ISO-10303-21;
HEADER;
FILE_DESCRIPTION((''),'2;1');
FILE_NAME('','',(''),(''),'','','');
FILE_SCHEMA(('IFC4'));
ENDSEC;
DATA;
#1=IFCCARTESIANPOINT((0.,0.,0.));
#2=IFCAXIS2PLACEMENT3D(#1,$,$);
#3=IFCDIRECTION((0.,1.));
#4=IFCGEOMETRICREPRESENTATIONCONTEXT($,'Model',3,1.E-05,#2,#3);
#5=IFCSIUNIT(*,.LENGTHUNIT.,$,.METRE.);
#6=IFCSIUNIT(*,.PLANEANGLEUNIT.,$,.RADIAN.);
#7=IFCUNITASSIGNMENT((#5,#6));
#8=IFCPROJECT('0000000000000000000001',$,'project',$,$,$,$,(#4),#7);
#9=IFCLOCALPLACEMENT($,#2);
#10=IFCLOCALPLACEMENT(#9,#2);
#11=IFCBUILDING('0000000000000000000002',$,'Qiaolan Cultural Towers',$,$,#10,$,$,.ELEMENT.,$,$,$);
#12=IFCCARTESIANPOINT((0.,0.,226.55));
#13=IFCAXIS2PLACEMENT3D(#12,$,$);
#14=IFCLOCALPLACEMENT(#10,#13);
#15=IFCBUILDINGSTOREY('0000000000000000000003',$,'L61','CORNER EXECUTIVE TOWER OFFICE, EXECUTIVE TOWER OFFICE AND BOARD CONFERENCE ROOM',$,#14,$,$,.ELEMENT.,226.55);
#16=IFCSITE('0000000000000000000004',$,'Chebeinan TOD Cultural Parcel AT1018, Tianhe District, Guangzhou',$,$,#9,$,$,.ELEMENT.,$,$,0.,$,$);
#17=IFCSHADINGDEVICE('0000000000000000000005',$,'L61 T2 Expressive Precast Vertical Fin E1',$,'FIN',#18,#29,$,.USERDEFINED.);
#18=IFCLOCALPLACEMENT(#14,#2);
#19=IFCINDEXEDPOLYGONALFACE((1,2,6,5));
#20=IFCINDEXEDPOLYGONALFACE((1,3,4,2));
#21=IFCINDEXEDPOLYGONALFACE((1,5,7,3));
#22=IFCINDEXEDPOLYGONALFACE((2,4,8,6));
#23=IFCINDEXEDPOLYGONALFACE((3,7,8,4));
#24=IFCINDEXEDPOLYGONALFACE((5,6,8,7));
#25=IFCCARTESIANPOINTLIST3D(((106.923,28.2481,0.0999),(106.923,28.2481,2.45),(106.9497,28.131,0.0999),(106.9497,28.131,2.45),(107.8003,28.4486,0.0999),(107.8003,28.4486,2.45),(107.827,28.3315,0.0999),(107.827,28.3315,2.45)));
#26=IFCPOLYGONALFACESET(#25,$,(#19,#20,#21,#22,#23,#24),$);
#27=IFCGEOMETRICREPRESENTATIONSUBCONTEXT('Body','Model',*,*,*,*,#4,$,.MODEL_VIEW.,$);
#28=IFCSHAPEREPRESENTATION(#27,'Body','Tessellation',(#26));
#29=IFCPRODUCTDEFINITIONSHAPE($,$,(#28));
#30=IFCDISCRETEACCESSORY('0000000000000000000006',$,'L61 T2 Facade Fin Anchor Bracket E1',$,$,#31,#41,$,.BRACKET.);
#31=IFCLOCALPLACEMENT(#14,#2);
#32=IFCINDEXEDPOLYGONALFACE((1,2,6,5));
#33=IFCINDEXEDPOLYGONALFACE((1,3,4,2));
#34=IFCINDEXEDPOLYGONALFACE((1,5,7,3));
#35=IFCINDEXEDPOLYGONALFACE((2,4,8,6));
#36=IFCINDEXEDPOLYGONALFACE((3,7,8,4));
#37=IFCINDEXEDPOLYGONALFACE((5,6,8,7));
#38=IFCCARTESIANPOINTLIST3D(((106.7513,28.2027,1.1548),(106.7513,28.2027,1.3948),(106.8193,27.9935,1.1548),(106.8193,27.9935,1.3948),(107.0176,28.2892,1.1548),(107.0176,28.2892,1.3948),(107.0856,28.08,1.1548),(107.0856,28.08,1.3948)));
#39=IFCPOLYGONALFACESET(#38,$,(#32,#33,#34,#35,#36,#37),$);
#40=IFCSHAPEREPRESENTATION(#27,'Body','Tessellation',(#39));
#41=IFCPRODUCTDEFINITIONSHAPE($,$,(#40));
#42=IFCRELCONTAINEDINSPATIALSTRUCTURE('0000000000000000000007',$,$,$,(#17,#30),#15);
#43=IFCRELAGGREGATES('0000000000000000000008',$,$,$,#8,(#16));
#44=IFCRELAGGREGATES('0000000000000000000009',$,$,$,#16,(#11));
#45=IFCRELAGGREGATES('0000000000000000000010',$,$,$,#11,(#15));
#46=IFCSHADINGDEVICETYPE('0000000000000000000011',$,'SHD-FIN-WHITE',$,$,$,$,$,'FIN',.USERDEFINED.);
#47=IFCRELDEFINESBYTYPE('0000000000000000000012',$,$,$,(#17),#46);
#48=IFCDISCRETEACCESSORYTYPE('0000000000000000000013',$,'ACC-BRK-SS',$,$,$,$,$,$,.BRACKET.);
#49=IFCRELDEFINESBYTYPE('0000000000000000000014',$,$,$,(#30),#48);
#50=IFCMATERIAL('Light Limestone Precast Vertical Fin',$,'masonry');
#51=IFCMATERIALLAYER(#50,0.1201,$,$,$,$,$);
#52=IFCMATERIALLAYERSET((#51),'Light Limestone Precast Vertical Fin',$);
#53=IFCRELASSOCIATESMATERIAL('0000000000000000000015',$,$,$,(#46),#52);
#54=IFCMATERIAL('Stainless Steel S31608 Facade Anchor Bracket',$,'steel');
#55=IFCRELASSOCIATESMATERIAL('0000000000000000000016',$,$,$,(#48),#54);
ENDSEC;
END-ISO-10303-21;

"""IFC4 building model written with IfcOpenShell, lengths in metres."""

from ifc_helpers import new_model, si_unit, direction, frame, origin, origin_2d, place, context, subcontext, project, spatial, rectangle, extrude, material, layer, layer_set, type_object, element, save


model = new_model("IFC4")

# Units and contexts
model_context = context("Model", 3, precision=1e-05, world=origin(), true_north=direction((0.0, 1.0)))
body_context = subcontext(model_context, "Body", "Model", "MODEL_VIEW")
ifc_project = project(units=[si_unit("LENGTHUNIT", "METRE"), si_unit("PLANEANGLEUNIT", "RADIAN")], contexts=[model_context])

# Site, building, storey
site_placement = place(None, origin())
site = spatial("IfcSite", under=ifc_project, at=site_placement, Name="Chebeinan TOD Cultural Parcel AT1018, Tianhe District, Guangzhou", CompositionType="ELEMENT", RefElevation=0.0)
building_placement = place(site_placement, origin())
building = spatial("IfcBuilding", under=site, at=building_placement, Name="Qiaolan Cultural Towers", CompositionType="ELEMENT")
storey_placement = place(building_placement, frame((0.0, 0.0, 226.55)))
storey = spatial("IfcBuildingStorey", under=building, at=storey_placement, Name="L61", Description="CORNER EXECUTIVE TOWER OFFICE, EXECUTIVE TOWER OFFICE AND BOARD CONFERENCE ROOM", CompositionType="ELEMENT", Elevation=226.55)

# Shading device
ifc_material_1 = material(Name="Light Limestone Precast Vertical Fin", Category="masonry")
ifc_layer_1 = layer(ifc_material_1, 0.1201)
ifc_layer_set_1 = layer_set([ifc_layer_1], Name="Light Limestone Precast Vertical Fin")
shading_device_type = type_object("IfcShadingDeviceType", Name="SHD-FIN-WHITE", ElementType="FIN", PredefinedType="USERDEFINED", material=ifc_layer_set_1)
shading_device_placement = place(storey_placement, frame((107.375, 28.2898, 0.0999), z_axis=(0.0, 0.0, 1.0), x_axis=(0.974879, 0.222735, 0.0)))
element("IfcShadingDevice", 1, at=shading_device_placement, inside=storey, type_object=shading_device_type, Name="L61 T2 Expressive Precast Vertical Fin E1", ObjectType="FIN", PredefinedType="USERDEFINED", context=body_context, shape_type="SweptSolid", body=[
    extrude(rectangle(XDim=0.8999, YDim=0.1201, at=origin_2d()), origin(), (0.0, 0.0, 1.0), 2.3501),
])

# Discrete accessory
ifc_material_2 = material(Name="Stainless Steel S31608 Facade Anchor Bracket", Category="steel")
discrete_accessory_type = type_object("IfcDiscreteAccessoryType", Name="ACC-BRK-SS", PredefinedType="BRACKET", material=ifc_material_2)
discrete_accessory_placement = place(storey_placement, frame((106.9185, 28.1414, 1.1548), z_axis=(0.0, 0.0, 1.0), x_axis=(0.951057, 0.309017, 0.0)))
element("IfcDiscreteAccessory", 2, at=discrete_accessory_placement, inside=storey, type_object=discrete_accessory_type, Name="L61 T2 Facade Fin Anchor Bracket E1", PredefinedType="BRACKET", context=body_context, shape_type="SweptSolid", body=[
    extrude(rectangle(XDim=0.28, YDim=0.22, at=origin_2d()), origin(), (0.0, 0.0, 1.0), 0.24),
])

save(model, "model.ifc")
